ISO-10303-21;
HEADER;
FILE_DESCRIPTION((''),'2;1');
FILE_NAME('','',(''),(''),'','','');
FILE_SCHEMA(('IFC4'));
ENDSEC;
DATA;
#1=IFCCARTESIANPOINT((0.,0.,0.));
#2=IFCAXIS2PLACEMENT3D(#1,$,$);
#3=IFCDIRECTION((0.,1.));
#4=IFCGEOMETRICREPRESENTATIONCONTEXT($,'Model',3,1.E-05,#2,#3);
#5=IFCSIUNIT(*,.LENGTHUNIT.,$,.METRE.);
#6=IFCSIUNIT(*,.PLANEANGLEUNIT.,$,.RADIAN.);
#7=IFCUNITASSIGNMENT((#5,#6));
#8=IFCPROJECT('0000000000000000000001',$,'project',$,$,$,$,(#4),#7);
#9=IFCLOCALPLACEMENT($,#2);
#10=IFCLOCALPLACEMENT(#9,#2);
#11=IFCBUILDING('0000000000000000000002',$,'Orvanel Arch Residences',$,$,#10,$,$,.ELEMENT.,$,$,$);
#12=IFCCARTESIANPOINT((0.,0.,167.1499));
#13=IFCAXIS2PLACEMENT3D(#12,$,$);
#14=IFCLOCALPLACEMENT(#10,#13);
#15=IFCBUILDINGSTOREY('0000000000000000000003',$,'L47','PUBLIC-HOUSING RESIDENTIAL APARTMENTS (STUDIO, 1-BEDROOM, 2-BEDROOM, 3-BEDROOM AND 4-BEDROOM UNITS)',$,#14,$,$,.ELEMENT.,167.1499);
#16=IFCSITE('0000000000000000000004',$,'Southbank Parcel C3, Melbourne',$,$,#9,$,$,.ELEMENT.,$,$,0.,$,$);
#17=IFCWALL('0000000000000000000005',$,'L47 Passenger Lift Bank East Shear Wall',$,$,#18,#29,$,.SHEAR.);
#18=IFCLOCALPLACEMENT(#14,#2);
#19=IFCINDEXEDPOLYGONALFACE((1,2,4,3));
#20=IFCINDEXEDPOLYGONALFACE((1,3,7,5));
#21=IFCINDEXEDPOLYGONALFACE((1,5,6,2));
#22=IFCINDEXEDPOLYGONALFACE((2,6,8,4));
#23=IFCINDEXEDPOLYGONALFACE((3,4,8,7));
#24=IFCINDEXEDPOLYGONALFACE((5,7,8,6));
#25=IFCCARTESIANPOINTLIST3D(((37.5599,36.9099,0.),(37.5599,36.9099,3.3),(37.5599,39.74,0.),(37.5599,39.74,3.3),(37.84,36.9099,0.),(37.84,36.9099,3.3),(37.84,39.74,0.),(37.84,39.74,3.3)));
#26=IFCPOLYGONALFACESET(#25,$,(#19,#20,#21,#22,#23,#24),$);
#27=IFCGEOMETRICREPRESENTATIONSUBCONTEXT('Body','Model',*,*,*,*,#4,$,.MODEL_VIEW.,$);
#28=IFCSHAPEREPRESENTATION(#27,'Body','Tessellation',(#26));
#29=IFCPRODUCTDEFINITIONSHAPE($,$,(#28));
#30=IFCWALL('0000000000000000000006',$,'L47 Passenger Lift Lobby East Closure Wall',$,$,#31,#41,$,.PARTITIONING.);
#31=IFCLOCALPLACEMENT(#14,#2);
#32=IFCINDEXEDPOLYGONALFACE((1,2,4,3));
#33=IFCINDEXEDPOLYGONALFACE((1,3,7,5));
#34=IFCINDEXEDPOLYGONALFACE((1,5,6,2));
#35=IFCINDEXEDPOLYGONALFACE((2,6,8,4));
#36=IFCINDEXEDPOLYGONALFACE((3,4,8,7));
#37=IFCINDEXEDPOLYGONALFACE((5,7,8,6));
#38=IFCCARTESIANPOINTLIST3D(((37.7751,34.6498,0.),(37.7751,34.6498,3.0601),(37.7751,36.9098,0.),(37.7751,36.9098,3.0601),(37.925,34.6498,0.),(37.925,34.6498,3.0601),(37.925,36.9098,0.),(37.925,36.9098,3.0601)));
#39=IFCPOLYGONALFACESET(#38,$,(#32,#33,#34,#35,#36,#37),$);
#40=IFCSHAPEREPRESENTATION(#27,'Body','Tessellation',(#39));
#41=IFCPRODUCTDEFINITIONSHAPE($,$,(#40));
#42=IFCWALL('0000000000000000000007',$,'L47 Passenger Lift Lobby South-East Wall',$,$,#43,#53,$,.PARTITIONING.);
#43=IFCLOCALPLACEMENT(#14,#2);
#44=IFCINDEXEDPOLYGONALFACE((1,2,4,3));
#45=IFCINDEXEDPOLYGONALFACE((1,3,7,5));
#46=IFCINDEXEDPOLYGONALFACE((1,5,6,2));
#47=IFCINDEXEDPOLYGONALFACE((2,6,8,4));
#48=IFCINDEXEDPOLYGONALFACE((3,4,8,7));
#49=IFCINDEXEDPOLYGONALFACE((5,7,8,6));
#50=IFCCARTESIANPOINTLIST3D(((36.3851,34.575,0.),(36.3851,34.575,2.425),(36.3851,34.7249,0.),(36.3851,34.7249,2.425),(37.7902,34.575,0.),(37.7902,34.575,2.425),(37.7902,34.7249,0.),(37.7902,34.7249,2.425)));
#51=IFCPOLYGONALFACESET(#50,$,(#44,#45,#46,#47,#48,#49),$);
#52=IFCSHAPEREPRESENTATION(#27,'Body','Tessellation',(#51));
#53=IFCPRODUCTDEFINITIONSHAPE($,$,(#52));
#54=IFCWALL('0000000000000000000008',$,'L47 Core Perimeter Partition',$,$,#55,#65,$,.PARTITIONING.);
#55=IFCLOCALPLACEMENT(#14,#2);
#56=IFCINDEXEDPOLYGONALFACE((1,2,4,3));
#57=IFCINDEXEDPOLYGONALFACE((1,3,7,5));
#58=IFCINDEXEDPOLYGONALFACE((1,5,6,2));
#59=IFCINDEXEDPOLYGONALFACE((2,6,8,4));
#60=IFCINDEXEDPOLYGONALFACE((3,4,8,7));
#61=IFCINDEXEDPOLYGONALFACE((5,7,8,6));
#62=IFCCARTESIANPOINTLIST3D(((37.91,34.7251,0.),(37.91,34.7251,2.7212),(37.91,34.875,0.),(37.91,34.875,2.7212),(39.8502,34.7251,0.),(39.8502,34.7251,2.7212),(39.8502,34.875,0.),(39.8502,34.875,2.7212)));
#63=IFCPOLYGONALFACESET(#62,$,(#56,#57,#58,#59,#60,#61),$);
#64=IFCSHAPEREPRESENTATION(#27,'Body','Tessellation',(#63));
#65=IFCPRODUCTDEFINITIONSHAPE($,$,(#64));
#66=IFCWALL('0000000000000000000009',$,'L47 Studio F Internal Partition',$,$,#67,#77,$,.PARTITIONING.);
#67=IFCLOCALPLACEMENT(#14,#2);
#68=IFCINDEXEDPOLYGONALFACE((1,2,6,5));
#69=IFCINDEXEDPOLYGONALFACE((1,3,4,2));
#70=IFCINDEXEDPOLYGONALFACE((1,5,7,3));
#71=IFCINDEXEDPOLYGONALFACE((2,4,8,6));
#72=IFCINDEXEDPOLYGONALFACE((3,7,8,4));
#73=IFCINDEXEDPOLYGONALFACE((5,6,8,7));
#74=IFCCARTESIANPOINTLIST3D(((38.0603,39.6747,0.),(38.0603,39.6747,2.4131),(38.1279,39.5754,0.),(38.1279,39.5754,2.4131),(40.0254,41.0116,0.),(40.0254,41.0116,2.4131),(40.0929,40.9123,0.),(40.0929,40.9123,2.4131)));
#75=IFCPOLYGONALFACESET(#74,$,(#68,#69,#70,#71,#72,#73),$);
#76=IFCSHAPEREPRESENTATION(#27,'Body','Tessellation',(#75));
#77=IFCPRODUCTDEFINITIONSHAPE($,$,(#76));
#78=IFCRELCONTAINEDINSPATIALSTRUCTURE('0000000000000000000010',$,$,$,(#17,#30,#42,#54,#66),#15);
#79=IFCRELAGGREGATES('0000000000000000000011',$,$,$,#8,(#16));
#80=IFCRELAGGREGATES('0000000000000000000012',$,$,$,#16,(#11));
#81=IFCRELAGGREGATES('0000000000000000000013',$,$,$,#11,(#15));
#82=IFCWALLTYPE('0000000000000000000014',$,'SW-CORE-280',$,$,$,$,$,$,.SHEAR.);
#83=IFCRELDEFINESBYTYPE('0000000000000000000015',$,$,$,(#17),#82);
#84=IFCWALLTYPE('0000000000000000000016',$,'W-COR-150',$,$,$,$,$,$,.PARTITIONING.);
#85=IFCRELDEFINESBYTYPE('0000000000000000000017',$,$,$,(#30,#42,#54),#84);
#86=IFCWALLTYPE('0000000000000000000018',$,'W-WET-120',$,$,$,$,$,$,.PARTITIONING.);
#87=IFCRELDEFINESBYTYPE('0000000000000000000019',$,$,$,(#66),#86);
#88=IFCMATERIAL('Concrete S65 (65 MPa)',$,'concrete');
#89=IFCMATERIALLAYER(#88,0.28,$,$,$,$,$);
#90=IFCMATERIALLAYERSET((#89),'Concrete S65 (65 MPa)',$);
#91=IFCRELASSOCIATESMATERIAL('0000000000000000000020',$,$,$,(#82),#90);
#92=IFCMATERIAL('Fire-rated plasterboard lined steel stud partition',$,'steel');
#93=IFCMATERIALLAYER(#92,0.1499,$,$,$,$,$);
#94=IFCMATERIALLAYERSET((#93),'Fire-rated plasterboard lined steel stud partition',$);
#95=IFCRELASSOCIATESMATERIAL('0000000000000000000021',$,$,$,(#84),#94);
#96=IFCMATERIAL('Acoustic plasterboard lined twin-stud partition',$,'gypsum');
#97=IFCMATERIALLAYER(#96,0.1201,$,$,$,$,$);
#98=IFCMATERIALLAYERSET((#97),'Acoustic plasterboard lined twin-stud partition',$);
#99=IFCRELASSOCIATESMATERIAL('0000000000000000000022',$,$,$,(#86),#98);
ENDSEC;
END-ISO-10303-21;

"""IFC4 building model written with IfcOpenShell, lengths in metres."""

from ifc_helpers import new_model, si_unit, direction, frame, frame_2d, origin, place, context, subcontext, project, spatial, rectangle, extrude, material, layer, layer_set, type_object, element, save


model = new_model("IFC4")

# Units and contexts
model_context = context("Model", 3, precision=1e-05, world=origin(), true_north=direction((0.0, 1.0)))
body_context = subcontext(model_context, "Body", "Model", "MODEL_VIEW")
ifc_project = project(units=[si_unit("LENGTHUNIT", "METRE"), si_unit("PLANEANGLEUNIT", "RADIAN")], contexts=[model_context])

# Site, building, storey
site_placement = place(None, origin())
site = spatial("IfcSite", under=ifc_project, at=site_placement, Name="Southbank Parcel C3, Melbourne", CompositionType="ELEMENT", RefElevation=0.0)
building_placement = place(site_placement, origin())
building = spatial("IfcBuilding", under=site, at=building_placement, Name="Orvanel Arch Residences", CompositionType="ELEMENT")
storey_placement = place(building_placement, frame((0.0, 0.0, 167.1499)))
storey = spatial("IfcBuildingStorey", under=building, at=storey_placement, Name="L47", Description="PUBLIC-HOUSING RESIDENTIAL APARTMENTS (STUDIO, 1-BEDROOM, 2-BEDROOM, 3-BEDROOM AND 4-BEDROOM UNITS)", CompositionType="ELEMENT", Elevation=167.1499)

# Shared definitions
ifc_material_1 = material(Name="Concrete S65 (65 MPa)", Category="concrete")
ifc_layer_1 = layer(ifc_material_1, 0.28)
ifc_layer_set_1 = layer_set([ifc_layer_1], Name="Concrete S65 (65 MPa)")
wall_type_1 = type_object("IfcWallType", Name="SW-CORE-280", PredefinedType="SHEAR", material=ifc_layer_set_1)

# Walls
wall_1_placement = place(storey_placement, frame((37.7, 36.9099, 0.0), z_axis=(0.0, 0.0, 1.0), x_axis=(0.0, 1.0, 0.0)))
element("IfcWall", 1, at=wall_1_placement, inside=storey, type_object=wall_type_1, Name="L47 Passenger Lift Bank East Shear Wall", PredefinedType="SHEAR", context=body_context, shape_type="SweptSolid", body=[
    extrude(rectangle(XDim=2.8301, YDim=0.28, at=frame_2d((1.415, 0.0))), origin(), (0.0, 0.0, 1.0), 3.3),
])
ifc_material_2 = material(Name="Fire-rated plasterboard lined steel stud partition", Category="steel")
ifc_layer_2 = layer(ifc_material_2, 0.1499)
ifc_layer_set_2 = layer_set([ifc_layer_2], Name="Fire-rated plasterboard lined steel stud partition")
wall_type_2 = type_object("IfcWallType", Name="W-COR-150", PredefinedType="PARTITIONING", material=ifc_layer_set_2)
wall_2_placement = place(storey_placement, frame((37.8501, 34.6499, 0.0), z_axis=(0.0, 0.0, 1.0), x_axis=(0.0, 1.0, 0.0)))
element("IfcWall", 2, at=wall_2_placement, inside=storey, type_object=wall_type_2, Name="L47 Passenger Lift Lobby East Closure Wall", PredefinedType="PARTITIONING", context=body_context, shape_type="SweptSolid", body=[
    extrude(rectangle(XDim=2.26, YDim=0.1499, at=frame_2d((1.1299, 0.0))), origin(), (0.0, 0.0, 1.0), 3.0601),
])
wall_3_placement = place(storey_placement, frame((36.385, 34.6499, 0.0), z_axis=(0.0, 0.0, 1.0), x_axis=(1.0, 0.0, 0.0)))
element("IfcWall", 3, at=wall_3_placement, inside=storey, type_object=wall_type_2, Name="L47 Passenger Lift Lobby South-East Wall", PredefinedType="PARTITIONING", context=body_context, shape_type="SweptSolid", body=[
    extrude(rectangle(XDim=1.405, YDim=0.1499, at=frame_2d((0.7026, 0.0))), origin(), (0.0, 0.0, 1.0), 2.425),
])
wall_4_placement = place(storey_placement, frame((37.9099, 34.8, 0.0), z_axis=(0.0, 0.0, 1.0), x_axis=(1.0, 0.0, 0.0)))
element("IfcWall", 4, at=wall_4_placement, inside=storey, type_object=wall_type_2, Name="L47 Core Perimeter Partition", PredefinedType="PARTITIONING", context=body_context, shape_type="SweptSolid", body=[
    extrude(rectangle(XDim=1.9402, YDim=0.1499, at=frame_2d((0.9702, 0.0))), origin(), (0.0, 0.0, 1.0), 2.7212),
])
ifc_material_3 = material(Name="Acoustic plasterboard lined twin-stud partition", Category="gypsum")
ifc_layer_3 = layer(ifc_material_3, 0.1201)
ifc_layer_set_3 = layer_set([ifc_layer_3], Name="Acoustic plasterboard lined twin-stud partition")
wall_type_3 = type_object("IfcWallType", Name="W-WET-120", PredefinedType="PARTITIONING", material=ifc_layer_set_3)
wall_5_placement = place(storey_placement, frame((38.094, 39.625, 0.0), z_axis=(0.0, 0.0, 1.0), x_axis=(0.826798, 0.562498, 0.0)))
element("IfcWall", 5, at=wall_5_placement, inside=storey, type_object=wall_type_3, Name="L47 Studio F Internal Partition", PredefinedType="PARTITIONING", context=body_context, shape_type="SweptSolid", body=[
    extrude(rectangle(XDim=2.3767, YDim=0.1201, at=frame_2d((1.1885, 0.0))), origin(), (0.0, 0.0, 1.0), 2.4131),
])

save(model, "model.ifc")
